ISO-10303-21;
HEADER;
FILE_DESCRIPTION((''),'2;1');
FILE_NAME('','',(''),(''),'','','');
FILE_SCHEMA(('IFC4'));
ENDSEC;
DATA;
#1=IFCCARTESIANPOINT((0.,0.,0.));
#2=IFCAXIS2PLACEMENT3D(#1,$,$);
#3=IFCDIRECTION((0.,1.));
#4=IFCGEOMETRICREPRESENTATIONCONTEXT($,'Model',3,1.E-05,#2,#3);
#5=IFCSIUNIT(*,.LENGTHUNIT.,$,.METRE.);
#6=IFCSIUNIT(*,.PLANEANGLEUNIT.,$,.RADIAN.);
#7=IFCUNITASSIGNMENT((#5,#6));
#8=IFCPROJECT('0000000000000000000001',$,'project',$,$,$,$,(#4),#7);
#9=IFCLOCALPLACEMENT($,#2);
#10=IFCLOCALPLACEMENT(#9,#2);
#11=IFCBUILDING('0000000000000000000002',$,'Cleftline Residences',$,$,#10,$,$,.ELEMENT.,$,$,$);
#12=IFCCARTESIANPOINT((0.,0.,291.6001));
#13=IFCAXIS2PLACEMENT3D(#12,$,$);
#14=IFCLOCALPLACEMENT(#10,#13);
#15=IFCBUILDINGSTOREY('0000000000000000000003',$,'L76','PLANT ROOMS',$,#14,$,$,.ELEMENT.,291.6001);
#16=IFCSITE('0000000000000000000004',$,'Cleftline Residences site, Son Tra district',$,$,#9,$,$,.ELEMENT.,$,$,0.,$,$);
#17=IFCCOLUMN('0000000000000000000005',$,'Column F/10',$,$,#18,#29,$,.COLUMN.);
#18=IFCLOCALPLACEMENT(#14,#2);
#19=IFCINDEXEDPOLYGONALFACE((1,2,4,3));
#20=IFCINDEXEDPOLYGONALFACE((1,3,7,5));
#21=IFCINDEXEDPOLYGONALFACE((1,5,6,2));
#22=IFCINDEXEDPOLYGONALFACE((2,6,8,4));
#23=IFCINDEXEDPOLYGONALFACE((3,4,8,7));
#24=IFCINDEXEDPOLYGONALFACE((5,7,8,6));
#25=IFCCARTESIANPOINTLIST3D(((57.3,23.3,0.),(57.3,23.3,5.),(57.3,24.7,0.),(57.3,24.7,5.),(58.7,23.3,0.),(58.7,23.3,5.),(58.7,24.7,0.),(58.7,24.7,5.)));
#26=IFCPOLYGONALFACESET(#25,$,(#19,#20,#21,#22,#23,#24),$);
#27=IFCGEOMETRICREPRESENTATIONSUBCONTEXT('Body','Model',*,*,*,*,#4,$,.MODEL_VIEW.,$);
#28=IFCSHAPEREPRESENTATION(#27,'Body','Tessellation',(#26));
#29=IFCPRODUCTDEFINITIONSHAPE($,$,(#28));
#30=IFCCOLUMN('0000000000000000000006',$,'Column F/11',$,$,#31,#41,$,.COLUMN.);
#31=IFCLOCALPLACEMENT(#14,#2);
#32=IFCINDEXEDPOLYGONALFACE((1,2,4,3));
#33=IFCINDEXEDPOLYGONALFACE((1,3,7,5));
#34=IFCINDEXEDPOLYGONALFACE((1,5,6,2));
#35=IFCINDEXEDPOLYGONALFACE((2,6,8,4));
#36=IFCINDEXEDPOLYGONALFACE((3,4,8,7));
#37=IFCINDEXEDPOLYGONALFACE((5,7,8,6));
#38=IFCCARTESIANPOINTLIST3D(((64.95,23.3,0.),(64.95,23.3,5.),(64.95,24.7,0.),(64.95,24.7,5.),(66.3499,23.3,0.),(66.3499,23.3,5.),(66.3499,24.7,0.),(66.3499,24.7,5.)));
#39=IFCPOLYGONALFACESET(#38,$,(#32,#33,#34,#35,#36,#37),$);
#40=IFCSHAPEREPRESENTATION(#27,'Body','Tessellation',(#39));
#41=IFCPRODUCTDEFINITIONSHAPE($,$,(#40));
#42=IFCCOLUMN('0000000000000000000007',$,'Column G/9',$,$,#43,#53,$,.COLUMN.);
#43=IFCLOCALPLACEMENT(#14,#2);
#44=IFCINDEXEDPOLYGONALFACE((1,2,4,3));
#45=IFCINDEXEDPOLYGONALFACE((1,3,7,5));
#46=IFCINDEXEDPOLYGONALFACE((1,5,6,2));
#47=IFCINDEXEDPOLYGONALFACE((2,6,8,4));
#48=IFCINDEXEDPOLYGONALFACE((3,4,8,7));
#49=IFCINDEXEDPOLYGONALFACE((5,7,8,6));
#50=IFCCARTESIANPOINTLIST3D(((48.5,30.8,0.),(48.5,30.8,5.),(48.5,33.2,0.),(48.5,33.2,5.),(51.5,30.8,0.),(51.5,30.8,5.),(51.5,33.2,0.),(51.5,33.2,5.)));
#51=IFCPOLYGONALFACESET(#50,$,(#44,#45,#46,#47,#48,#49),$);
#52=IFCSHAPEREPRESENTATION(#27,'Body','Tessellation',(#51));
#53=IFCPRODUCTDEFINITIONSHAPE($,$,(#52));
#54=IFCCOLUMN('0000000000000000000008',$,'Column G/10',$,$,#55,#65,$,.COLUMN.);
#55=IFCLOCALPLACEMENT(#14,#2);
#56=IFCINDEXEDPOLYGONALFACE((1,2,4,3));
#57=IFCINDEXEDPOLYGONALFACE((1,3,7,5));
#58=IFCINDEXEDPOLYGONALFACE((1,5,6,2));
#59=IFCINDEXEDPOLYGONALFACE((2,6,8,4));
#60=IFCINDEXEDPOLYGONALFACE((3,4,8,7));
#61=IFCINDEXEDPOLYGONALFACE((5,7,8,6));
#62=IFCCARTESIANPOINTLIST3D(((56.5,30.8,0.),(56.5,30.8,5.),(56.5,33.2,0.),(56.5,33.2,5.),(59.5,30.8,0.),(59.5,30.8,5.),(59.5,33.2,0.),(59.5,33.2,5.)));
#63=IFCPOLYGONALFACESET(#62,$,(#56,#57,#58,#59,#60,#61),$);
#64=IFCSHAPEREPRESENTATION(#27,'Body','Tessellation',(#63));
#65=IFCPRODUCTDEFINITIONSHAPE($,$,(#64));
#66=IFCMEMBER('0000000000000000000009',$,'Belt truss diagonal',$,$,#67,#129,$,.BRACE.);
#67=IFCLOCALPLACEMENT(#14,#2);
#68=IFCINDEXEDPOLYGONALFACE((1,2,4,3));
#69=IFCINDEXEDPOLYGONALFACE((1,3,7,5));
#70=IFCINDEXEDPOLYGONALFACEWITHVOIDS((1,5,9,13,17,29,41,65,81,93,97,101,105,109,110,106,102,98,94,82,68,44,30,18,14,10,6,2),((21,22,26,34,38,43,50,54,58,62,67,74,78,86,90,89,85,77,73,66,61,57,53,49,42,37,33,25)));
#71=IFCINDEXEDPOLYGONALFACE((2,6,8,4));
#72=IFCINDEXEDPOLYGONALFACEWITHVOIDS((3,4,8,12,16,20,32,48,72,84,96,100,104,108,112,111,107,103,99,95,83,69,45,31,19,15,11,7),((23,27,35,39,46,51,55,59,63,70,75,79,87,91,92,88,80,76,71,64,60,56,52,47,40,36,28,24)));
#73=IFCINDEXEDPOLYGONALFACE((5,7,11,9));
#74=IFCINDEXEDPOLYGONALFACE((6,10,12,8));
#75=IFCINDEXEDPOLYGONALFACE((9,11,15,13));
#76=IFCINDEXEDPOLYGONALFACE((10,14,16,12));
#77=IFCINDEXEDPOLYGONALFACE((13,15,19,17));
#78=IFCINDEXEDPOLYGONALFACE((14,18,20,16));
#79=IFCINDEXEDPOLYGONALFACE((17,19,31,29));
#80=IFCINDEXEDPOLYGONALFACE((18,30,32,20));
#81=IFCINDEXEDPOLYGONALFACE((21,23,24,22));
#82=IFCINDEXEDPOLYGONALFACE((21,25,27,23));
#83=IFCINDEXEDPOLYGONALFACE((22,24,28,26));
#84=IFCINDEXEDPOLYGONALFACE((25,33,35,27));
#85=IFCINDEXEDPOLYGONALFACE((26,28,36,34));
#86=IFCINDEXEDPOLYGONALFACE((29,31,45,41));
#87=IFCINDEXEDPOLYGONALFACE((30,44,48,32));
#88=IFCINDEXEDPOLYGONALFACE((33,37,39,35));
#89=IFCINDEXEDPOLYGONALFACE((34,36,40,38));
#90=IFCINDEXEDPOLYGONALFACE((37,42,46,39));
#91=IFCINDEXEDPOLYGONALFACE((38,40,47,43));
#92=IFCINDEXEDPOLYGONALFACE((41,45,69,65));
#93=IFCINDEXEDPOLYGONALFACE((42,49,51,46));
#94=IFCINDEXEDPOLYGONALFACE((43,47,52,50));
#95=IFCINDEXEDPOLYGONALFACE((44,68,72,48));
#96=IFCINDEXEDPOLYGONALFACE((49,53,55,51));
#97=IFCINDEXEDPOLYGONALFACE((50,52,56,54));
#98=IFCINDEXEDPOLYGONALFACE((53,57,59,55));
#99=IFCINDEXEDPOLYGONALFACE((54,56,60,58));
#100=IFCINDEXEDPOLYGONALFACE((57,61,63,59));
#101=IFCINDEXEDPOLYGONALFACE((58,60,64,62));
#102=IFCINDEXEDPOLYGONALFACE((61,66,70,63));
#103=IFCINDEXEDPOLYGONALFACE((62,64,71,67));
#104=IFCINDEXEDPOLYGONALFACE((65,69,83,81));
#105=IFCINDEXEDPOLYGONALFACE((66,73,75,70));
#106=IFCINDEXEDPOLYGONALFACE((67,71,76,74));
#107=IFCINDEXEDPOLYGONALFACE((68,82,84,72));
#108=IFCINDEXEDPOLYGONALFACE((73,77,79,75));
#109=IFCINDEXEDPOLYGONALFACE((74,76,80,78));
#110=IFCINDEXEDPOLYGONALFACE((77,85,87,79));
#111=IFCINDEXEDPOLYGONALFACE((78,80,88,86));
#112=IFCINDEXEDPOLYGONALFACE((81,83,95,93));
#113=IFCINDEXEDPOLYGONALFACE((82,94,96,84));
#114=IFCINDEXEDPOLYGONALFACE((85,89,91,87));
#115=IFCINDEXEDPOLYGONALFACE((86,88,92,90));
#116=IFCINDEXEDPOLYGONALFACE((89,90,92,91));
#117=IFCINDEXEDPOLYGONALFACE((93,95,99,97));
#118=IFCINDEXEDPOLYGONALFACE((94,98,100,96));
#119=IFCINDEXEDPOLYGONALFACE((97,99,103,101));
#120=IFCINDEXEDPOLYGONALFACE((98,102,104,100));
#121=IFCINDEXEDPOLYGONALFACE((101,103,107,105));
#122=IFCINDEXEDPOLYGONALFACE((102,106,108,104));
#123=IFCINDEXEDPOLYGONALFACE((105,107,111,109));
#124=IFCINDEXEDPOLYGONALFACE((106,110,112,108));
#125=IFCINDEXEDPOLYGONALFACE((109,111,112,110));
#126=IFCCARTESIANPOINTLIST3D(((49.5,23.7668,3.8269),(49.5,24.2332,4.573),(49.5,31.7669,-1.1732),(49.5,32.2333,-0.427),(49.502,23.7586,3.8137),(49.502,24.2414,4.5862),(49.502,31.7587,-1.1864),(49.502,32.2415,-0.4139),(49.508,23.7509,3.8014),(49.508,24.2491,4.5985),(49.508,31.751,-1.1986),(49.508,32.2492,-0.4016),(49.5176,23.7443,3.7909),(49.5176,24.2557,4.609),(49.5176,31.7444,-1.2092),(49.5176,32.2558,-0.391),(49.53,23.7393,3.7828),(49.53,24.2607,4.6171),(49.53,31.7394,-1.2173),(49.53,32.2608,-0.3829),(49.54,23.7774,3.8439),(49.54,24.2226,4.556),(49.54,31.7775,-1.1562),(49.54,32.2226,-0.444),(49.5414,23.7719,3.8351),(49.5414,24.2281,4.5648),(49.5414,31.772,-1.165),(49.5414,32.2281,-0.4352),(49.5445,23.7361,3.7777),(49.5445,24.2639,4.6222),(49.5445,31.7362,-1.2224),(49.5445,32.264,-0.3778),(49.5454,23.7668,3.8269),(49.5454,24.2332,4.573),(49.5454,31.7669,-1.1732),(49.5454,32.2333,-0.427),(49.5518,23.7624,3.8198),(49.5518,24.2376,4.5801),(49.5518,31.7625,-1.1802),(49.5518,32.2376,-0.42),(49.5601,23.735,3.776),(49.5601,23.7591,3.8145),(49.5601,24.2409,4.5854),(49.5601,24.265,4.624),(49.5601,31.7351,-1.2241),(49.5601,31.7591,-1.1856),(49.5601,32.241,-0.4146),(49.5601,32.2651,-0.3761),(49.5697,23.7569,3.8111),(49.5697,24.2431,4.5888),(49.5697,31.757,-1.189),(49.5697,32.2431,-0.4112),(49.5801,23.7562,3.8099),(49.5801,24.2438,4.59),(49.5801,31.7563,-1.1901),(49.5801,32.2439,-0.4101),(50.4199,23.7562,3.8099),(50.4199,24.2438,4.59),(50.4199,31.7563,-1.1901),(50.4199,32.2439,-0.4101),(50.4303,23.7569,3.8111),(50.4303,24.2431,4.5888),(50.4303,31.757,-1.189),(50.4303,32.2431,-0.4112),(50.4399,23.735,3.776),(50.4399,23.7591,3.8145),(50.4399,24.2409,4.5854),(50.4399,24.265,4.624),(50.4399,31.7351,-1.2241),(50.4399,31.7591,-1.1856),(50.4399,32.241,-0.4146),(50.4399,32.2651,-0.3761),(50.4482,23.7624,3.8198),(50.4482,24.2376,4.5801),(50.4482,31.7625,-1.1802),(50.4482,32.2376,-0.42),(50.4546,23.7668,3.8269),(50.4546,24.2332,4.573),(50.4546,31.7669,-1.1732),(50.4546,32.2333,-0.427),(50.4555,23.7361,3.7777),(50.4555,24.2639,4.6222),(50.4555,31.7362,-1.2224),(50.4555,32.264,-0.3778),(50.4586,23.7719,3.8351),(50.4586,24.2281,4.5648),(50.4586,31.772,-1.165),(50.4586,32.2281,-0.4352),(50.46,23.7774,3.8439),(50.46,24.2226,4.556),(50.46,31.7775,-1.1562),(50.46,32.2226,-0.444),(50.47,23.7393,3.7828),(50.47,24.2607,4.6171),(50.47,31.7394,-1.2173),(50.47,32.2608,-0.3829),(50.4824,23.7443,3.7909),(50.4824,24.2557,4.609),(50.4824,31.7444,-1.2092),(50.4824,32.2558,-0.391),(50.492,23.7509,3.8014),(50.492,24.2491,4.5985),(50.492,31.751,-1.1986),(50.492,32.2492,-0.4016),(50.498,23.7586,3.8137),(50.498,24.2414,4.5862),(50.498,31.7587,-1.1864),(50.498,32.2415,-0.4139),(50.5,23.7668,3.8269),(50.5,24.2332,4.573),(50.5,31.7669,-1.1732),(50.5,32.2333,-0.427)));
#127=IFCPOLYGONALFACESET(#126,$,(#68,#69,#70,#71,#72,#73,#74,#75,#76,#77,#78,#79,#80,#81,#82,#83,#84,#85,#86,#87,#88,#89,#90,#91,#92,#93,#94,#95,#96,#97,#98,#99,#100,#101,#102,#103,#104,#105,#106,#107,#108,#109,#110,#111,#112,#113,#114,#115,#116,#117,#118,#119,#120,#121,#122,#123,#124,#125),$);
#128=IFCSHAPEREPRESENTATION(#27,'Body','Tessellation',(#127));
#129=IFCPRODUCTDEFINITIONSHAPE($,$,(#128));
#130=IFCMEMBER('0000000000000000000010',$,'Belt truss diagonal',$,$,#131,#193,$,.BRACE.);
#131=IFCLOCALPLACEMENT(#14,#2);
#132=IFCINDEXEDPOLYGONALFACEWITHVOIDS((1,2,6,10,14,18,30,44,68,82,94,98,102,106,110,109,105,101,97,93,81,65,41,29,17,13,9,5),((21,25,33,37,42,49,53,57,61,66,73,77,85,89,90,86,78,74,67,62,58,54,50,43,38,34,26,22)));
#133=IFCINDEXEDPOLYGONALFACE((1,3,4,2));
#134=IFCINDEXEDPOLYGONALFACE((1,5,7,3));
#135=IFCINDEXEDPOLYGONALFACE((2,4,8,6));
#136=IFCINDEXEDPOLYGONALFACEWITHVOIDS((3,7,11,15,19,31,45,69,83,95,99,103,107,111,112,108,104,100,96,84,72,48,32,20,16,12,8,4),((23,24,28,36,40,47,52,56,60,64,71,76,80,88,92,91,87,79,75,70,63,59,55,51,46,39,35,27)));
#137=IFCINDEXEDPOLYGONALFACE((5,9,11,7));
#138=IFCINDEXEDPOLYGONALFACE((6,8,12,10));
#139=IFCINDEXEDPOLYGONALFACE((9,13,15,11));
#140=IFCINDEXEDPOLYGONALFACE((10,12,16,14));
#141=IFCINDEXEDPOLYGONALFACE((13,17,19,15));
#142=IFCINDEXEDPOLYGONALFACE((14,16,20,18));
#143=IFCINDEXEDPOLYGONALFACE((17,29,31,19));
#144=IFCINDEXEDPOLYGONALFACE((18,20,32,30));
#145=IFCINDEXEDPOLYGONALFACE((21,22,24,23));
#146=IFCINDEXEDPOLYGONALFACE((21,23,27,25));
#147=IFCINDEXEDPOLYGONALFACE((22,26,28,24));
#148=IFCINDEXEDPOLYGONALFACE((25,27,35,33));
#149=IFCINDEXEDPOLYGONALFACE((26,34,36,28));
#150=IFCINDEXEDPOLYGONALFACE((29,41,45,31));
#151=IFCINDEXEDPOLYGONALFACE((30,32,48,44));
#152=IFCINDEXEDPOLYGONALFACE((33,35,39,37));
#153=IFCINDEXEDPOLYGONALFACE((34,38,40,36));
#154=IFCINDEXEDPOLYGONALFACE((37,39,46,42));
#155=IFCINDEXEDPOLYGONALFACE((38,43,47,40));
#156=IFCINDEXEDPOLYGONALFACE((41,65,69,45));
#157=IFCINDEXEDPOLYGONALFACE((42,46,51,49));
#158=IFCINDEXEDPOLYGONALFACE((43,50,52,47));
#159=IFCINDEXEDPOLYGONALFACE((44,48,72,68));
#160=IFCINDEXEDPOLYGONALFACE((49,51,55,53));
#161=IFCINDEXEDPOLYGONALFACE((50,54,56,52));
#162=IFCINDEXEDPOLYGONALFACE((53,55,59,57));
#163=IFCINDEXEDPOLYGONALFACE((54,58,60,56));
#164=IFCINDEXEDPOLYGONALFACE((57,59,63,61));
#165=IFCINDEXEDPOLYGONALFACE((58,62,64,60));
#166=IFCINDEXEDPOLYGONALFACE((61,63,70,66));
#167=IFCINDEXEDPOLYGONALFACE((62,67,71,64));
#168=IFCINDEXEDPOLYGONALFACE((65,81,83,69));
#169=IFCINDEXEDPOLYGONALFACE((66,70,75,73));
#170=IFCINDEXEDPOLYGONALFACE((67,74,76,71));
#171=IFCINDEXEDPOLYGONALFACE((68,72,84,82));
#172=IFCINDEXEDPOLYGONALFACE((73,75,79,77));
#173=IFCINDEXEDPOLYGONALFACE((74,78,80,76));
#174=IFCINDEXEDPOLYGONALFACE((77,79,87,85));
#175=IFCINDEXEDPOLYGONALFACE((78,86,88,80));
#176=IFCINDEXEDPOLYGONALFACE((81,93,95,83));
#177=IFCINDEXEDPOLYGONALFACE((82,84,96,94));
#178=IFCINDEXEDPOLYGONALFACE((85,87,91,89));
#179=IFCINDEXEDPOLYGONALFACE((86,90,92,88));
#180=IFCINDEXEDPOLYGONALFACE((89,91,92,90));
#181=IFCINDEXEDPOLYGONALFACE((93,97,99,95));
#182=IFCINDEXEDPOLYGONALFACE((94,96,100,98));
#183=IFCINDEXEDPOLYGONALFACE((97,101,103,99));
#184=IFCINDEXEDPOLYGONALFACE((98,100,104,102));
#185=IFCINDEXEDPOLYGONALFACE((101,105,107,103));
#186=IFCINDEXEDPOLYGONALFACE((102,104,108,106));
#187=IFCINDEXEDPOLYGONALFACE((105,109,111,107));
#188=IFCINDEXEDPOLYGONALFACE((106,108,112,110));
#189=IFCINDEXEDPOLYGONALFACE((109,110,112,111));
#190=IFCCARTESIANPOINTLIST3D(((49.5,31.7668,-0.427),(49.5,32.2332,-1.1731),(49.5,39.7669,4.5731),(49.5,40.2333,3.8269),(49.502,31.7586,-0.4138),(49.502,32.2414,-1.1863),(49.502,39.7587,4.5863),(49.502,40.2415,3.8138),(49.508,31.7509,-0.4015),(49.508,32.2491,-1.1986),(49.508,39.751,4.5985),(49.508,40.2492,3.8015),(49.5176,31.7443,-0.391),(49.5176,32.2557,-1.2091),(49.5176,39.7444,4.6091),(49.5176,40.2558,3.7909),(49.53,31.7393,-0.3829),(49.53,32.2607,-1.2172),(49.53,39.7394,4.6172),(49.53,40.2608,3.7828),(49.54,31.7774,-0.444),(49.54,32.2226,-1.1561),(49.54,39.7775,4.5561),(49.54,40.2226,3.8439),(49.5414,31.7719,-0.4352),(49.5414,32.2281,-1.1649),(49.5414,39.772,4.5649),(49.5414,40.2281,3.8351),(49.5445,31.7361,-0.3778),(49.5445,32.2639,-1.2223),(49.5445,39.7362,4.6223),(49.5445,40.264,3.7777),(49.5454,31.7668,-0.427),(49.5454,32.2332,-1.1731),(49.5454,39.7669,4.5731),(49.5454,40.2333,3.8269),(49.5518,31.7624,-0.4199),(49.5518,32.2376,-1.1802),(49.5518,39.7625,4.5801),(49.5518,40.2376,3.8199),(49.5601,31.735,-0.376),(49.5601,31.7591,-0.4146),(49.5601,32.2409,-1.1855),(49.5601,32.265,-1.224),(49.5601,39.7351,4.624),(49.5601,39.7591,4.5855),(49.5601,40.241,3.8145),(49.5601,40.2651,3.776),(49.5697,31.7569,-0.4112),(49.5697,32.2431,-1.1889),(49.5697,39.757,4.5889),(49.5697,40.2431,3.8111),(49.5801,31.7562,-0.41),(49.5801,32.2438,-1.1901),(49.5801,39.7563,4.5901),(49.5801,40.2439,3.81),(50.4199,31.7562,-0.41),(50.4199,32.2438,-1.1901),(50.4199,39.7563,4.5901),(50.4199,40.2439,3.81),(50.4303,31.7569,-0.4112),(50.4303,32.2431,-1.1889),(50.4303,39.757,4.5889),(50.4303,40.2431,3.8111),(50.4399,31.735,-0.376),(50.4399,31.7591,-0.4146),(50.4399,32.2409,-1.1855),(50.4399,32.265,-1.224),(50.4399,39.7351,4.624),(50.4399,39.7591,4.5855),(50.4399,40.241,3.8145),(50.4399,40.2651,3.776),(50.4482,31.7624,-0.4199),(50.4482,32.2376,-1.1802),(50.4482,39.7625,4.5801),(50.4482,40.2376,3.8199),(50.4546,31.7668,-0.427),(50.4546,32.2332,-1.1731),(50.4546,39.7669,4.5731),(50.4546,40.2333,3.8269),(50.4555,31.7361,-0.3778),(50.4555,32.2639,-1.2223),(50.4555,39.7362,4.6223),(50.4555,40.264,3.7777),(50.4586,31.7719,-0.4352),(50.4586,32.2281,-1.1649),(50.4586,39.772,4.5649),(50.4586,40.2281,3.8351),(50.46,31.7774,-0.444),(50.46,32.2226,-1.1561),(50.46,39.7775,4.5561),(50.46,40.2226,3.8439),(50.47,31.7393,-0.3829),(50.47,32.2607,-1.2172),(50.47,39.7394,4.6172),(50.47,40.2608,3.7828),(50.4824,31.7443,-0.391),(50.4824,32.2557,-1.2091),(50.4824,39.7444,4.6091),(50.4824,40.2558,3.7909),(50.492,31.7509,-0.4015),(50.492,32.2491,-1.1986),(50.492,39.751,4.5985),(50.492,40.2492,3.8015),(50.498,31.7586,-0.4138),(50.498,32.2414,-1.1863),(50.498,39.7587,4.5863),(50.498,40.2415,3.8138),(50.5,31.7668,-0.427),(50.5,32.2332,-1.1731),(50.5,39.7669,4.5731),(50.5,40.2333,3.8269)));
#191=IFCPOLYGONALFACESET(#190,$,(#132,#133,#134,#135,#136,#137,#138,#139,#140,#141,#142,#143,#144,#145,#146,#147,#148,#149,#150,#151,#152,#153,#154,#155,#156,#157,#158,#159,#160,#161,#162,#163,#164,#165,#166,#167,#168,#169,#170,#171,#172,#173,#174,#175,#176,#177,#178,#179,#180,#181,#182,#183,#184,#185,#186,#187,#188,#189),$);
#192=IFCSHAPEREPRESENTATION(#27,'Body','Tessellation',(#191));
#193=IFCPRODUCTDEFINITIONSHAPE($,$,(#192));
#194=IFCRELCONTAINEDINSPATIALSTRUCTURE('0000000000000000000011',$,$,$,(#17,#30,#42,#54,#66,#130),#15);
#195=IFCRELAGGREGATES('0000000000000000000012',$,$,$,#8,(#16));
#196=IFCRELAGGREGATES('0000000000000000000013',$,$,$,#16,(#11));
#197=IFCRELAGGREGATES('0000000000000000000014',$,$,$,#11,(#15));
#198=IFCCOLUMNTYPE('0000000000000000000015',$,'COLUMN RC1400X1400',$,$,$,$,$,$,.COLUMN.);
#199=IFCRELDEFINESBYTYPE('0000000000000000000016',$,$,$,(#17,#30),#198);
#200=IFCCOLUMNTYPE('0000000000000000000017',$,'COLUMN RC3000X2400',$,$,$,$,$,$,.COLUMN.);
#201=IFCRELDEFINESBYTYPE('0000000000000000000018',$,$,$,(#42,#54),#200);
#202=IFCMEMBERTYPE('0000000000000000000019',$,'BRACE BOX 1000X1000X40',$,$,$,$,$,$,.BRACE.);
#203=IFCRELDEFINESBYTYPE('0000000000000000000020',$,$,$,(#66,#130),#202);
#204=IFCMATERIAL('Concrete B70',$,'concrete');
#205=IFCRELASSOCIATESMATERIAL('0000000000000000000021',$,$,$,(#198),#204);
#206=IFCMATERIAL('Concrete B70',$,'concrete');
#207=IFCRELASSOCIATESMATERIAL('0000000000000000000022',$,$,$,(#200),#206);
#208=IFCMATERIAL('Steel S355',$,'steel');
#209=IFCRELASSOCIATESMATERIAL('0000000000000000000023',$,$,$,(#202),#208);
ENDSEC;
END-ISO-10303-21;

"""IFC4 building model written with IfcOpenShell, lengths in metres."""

from ifc_helpers import new_model, si_unit, direction, frame, origin, origin_2d, place, context, subcontext, project, spatial, rectangle, hollow_rectangle, extrude, material, material_profile, profile_set, type_object, element, save


model = new_model("IFC4")

# Units and contexts
model_context = context("Model", 3, precision=1e-05, world=origin(), true_north=direction((0.0, 1.0)))
body_context = subcontext(model_context, "Body", "Model", "MODEL_VIEW")
ifc_project = project(units=[si_unit("LENGTHUNIT", "METRE"), si_unit("PLANEANGLEUNIT", "RADIAN")], contexts=[model_context])

# Site, building, storey
site_placement = place(None, origin())
site = spatial("IfcSite", under=ifc_project, at=site_placement, Name="Cleftline Residences site, Son Tra district", CompositionType="ELEMENT", RefElevation=0.0)
building_placement = place(site_placement, origin())
building = spatial("IfcBuilding", under=site, at=building_placement, Name="Cleftline Residences", CompositionType="ELEMENT")
storey_placement = place(building_placement, frame((0.0, 0.0, 291.6001)))
storey = spatial("IfcBuildingStorey", under=building, at=storey_placement, Name="L76", Description="PLANT ROOMS", CompositionType="ELEMENT", Elevation=291.6001)

# Columns
ifc_material_1 = material(Name="Concrete B70", Category="concrete")
ifc_material_profile_1 = material_profile(ifc_material_1, rectangle(XDim=1.3999, YDim=1.3999, at=origin_2d()))
ifc_profile_set_1 = profile_set([ifc_material_profile_1], Name="Concrete B70")
column_type_1 = type_object("IfcColumnType", Name="COLUMN RC1400X1400", PredefinedType="COLUMN", material=ifc_profile_set_1)
for number, where, z_axis, x_axis, name in (
    (1, (58.0, 24.0, 0.0), (0.0, 0.0, 1.0), (1.0, 0.0, 0.0), "Column F/10"),
    (2, (65.6499, 24.0, 0.0), (0.0, 0.0, 1.0), (1.0, 0.0, 0.0), "Column F/11"),
):
    element("IfcColumn", number, at=place(storey_placement, frame(where, z_axis=z_axis, x_axis=x_axis)), inside=storey, type_object=column_type_1, Name=name, PredefinedType="COLUMN", context=body_context, shape_type="SweptSolid", body=[
        extrude(rectangle(XDim=1.3999, YDim=1.3999, at=origin_2d()), origin(), (0.0, 0.0, 1.0), 5.0),
    ])
ifc_material_2 = material(Name="Concrete B70", Category="concrete")
ifc_material_profile_2 = material_profile(ifc_material_2, rectangle(XDim=3.0, YDim=2.3999, at=origin_2d()))
ifc_profile_set_2 = profile_set([ifc_material_profile_2], Name="Concrete B70")
column_type_2 = type_object("IfcColumnType", Name="COLUMN RC3000X2400", PredefinedType="COLUMN", material=ifc_profile_set_2)
for number, where, z_axis, x_axis, name in (
    (3, (50.0, 32.0, 0.0), (0.0, 0.0, 1.0), (1.0, 0.0, 0.0), "Column G/9"),
    (4, (58.0, 32.0, 0.0), (0.0, 0.0, 1.0), (1.0, 0.0, 0.0), "Column G/10"),
):
    element("IfcColumn", number, at=place(storey_placement, frame(where, z_axis=z_axis, x_axis=x_axis)), inside=storey, type_object=column_type_2, Name=name, PredefinedType="COLUMN", context=body_context, shape_type="SweptSolid", body=[
        extrude(rectangle(XDim=3.0, YDim=2.3999, at=origin_2d()), origin(), (0.0, 0.0, 1.0), 5.0),
    ])

# Members
ifc_material_3 = material(Name="Steel S355", Category="steel")
ifc_material_profile_3 = material_profile(ifc_material_3, hollow_rectangle(XDim=1.0, YDim=1.0, WallThickness=0.04, InnerFilletRadius=0.04, OuterFilletRadius=0.0601, at=origin_2d()))
ifc_profile_set_3 = profile_set([ifc_material_profile_3], Name="Steel S355")
member_type_1 = type_object("IfcMemberType", Name="BRACE BOX 1000X1000X40", PredefinedType="BRACE", material=ifc_profile_set_3)
for number, where, z_axis, x_axis, name in (
    (5, (50.0, 24.0, 4.2), (0.0, 0.847998, -0.529999), (0.0, 0.529999, 0.847998), "Belt truss diagonal"),
    (6, (50.0, 32.0, -0.8), (0.0, 0.847998, 0.529999), (0.0, -0.529999, 0.847998), "Belt truss diagonal"),
):
    element("IfcMember", number, at=place(storey_placement, frame(where, z_axis=z_axis, x_axis=x_axis)), inside=storey, type_object=member_type_1, Name=name, PredefinedType="BRACE", context=body_context, shape_type="SweptSolid", body=[
        extrude(hollow_rectangle(XDim=1.0, YDim=1.0, WallThickness=0.04, InnerFilletRadius=0.04, OuterFilletRadius=0.0601, at=origin_2d()), origin(), (0.0, 0.0, 1.0), 9.4341),
    ])

save(model, "model.ifc")
